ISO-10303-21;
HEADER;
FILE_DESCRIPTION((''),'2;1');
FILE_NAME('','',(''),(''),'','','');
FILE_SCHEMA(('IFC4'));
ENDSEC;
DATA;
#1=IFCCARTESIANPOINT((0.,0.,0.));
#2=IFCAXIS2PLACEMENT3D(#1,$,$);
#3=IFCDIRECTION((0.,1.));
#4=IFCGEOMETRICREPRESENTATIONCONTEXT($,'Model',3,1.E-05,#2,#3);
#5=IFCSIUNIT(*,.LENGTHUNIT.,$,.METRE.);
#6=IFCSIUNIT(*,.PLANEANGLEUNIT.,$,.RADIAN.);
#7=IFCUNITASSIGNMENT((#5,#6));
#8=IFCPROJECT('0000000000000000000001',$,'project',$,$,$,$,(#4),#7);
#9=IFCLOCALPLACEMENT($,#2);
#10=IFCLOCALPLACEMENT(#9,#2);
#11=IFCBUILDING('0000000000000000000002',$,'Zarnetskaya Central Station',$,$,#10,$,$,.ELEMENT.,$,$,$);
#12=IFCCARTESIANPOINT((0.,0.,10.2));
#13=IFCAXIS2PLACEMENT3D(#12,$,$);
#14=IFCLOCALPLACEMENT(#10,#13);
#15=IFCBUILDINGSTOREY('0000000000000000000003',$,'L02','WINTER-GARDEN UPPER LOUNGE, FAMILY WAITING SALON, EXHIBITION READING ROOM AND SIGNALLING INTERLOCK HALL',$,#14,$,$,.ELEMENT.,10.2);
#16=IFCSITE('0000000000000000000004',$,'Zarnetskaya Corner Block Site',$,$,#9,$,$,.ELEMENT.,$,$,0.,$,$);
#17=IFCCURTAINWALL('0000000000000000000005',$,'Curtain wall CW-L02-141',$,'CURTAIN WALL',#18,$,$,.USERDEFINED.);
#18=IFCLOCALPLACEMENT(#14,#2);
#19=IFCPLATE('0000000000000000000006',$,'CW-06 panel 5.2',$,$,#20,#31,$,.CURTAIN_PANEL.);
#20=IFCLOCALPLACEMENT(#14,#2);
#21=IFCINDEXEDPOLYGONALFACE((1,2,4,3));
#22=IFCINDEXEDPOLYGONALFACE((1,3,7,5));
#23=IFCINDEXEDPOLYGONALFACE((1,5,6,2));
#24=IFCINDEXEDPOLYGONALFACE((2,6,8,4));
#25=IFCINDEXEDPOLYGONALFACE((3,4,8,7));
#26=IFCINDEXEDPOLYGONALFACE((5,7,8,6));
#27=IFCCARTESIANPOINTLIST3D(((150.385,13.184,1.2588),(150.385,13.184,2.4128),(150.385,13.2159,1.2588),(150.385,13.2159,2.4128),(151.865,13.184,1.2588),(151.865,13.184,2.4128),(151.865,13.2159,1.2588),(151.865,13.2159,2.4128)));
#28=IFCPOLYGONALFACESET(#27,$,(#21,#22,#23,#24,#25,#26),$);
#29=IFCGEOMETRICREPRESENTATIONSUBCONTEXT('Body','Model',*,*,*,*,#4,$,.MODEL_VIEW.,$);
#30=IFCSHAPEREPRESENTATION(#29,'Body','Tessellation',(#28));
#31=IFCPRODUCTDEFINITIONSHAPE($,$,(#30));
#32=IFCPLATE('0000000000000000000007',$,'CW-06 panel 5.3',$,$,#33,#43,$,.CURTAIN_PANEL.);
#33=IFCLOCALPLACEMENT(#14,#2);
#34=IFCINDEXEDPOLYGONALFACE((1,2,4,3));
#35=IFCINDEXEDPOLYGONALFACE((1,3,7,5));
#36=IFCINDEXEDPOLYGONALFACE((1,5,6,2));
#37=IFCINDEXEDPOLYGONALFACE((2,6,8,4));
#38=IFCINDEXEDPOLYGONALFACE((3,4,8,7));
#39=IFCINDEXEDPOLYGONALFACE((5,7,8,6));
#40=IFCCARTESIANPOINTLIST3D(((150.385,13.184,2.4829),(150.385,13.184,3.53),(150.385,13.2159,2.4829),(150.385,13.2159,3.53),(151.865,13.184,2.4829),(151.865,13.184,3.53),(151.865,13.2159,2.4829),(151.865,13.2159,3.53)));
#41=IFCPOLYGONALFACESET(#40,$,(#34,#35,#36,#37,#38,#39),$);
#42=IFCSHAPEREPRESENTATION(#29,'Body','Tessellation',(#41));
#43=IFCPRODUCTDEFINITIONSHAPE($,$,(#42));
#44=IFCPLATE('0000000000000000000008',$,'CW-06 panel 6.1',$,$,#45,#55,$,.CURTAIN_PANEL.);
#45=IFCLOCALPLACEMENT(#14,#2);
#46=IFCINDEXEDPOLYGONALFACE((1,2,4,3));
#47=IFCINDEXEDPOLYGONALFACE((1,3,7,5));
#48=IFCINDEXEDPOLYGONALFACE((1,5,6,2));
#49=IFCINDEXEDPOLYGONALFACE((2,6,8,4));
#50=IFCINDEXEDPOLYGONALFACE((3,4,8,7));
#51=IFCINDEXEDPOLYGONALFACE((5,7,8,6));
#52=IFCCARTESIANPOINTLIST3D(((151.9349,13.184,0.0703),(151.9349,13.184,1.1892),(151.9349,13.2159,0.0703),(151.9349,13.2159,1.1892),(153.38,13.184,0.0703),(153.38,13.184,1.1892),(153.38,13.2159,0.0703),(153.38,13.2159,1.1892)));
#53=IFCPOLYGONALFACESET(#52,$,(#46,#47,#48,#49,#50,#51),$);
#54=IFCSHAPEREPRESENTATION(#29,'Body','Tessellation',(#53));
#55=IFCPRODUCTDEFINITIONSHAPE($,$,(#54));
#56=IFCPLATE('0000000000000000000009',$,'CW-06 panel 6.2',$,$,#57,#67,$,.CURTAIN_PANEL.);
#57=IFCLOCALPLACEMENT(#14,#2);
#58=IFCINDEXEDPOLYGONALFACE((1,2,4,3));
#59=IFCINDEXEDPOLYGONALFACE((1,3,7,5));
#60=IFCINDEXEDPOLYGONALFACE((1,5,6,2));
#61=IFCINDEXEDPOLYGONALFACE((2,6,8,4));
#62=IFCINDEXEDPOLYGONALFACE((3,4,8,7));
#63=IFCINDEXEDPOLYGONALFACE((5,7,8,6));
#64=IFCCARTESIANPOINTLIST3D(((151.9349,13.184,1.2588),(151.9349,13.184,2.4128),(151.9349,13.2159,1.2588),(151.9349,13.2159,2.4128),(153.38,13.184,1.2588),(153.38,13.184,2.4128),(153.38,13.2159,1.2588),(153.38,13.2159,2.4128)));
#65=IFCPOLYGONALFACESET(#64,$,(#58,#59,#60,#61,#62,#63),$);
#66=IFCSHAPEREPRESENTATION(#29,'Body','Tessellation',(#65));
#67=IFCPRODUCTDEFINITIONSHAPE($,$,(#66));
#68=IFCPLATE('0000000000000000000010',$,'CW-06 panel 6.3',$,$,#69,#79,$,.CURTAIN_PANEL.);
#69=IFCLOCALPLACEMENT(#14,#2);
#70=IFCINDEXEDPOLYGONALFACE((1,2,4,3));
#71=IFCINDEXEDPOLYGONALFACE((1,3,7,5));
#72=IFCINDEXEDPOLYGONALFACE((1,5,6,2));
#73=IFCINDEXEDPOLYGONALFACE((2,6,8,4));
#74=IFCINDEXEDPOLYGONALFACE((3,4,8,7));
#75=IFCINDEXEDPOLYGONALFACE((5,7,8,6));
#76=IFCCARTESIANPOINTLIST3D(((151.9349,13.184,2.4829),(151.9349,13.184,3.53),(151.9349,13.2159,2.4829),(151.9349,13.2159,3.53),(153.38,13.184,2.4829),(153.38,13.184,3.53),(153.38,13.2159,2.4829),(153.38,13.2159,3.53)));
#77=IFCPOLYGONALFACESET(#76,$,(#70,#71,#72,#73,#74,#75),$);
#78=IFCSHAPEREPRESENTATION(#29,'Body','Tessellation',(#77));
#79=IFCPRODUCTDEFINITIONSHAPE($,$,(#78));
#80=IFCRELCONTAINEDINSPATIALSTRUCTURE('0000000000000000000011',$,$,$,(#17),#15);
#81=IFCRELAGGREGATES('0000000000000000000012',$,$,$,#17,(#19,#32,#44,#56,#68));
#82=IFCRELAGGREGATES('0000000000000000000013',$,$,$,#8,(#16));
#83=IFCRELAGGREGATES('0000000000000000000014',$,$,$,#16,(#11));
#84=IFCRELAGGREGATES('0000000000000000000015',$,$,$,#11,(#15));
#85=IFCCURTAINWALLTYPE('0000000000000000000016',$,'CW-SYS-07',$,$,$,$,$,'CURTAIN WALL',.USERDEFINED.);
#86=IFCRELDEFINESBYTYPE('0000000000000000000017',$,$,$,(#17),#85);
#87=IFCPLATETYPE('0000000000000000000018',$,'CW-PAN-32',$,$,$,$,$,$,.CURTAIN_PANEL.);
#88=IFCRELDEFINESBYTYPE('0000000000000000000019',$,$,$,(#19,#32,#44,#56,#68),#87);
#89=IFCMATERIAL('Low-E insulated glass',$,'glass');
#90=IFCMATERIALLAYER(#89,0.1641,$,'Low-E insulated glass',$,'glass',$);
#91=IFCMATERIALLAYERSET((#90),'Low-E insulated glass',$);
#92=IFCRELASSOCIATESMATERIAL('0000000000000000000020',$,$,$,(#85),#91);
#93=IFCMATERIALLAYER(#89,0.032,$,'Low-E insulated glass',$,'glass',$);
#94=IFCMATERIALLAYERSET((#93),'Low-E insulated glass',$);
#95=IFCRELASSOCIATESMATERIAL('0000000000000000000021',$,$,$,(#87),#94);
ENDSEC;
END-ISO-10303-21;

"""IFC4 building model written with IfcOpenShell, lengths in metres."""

from ifc_helpers import new_model, si_unit, direction, frame, origin, origin_2d, place, context, subcontext, project, spatial, rectangle, extrude, material, layer, layer_set, type_object, element, aggregate, save


model = new_model("IFC4")

# Units and contexts
model_context = context("Model", 3, precision=1e-05, world=origin(), true_north=direction((0.0, 1.0)))
body_context = subcontext(model_context, "Body", "Model", "MODEL_VIEW")
ifc_project = project(units=[si_unit("LENGTHUNIT", "METRE"), si_unit("PLANEANGLEUNIT", "RADIAN")], contexts=[model_context])

# Site, building, storey
site_placement = place(None, origin())
site = spatial("IfcSite", under=ifc_project, at=site_placement, Name="Zarnetskaya Corner Block Site", CompositionType="ELEMENT", RefElevation=0.0)
building_placement = place(site_placement, origin())
building = spatial("IfcBuilding", under=site, at=building_placement, Name="Zarnetskaya Central Station", CompositionType="ELEMENT")
storey_placement = place(building_placement, frame((0.0, 0.0, 10.2)))
storey = spatial("IfcBuildingStorey", under=building, at=storey_placement, Name="L02", Description="WINTER-GARDEN UPPER LOUNGE, FAMILY WAITING SALON, EXHIBITION READING ROOM AND SIGNALLING INTERLOCK HALL", CompositionType="ELEMENT", Elevation=10.2)

# Curtain wall
ifc_material_1 = material(Name="Low-E insulated glass", Category="glass")
ifc_layer_1 = layer(ifc_material_1, 0.1641, Name="Low-E insulated glass", Category="glass")
ifc_layer_set_1 = layer_set([ifc_layer_1], Name="Low-E insulated glass")
curtain_wall_type = type_object("IfcCurtainWallType", Name="CW-SYS-07", ElementType="CURTAIN WALL", PredefinedType="USERDEFINED", material=ifc_layer_set_1)
curtain_wall_placement = place(storey_placement, origin())
curtain_wall = element("IfcCurtainWall", 1, at=curtain_wall_placement, inside=storey, type_object=curtain_wall_type, Name="Curtain wall CW-L02-141", ObjectType="CURTAIN WALL", PredefinedType="USERDEFINED")

# Plates
ifc_layer_2 = layer(ifc_material_1, 0.032, Name="Low-E insulated glass", Category="glass")
ifc_layer_set_2 = layer_set([ifc_layer_2], Name="Low-E insulated glass")
plate_type = type_object("IfcPlateType", Name="CW-PAN-32", PredefinedType="CURTAIN_PANEL", material=ifc_layer_set_2)
plate_1_placement = place(storey_placement, frame((151.125, 13.2, 1.2588), z_axis=(0.0, 0.0, 1.0), x_axis=(1.0, 0.0, 0.0)))
plate_1 = element("IfcPlate", 2, at=plate_1_placement, type_object=plate_type, Name="CW-06 panel 5.2", PredefinedType="CURTAIN_PANEL", context=body_context, shape_type="SweptSolid", body=[
    extrude(rectangle(XDim=1.48, YDim=0.032, at=origin_2d()), origin(), (0.0, 0.0, 1.0), 1.1541),
])
plate_2_placement = place(storey_placement, frame((151.125, 13.2, 2.4829), z_axis=(0.0, 0.0, 1.0), x_axis=(1.0, 0.0, 0.0)))
plate_2 = element("IfcPlate", 3, at=plate_2_placement, type_object=plate_type, Name="CW-06 panel 5.3", PredefinedType="CURTAIN_PANEL", context=body_context, shape_type="SweptSolid", body=[
    extrude(rectangle(XDim=1.48, YDim=0.032, at=origin_2d()), origin(), (0.0, 0.0, 1.0), 1.0471),
])
plate_3_placement = place(storey_placement, frame((152.6575, 13.2, 0.0703), z_axis=(0.0, 0.0, 1.0), x_axis=(1.0, 0.0, 0.0)))
plate_3 = element("IfcPlate", 4, at=plate_3_placement, type_object=plate_type, Name="CW-06 panel 6.1", PredefinedType="CURTAIN_PANEL", context=body_context, shape_type="SweptSolid", body=[
    extrude(rectangle(XDim=1.4451, YDim=0.032, at=origin_2d()), origin(), (0.0, 0.0, 1.0), 1.1189),
])
plate_4_placement = place(storey_placement, frame((152.6575, 13.2, 1.2588), z_axis=(0.0, 0.0, 1.0), x_axis=(1.0, 0.0, 0.0)))
plate_4 = element("IfcPlate", 5, at=plate_4_placement, type_object=plate_type, Name="CW-06 panel 6.2", PredefinedType="CURTAIN_PANEL", context=body_context, shape_type="SweptSolid", body=[
    extrude(rectangle(XDim=1.4451, YDim=0.032, at=origin_2d()), origin(), (0.0, 0.0, 1.0), 1.1541),
])
plate_5_placement = place(storey_placement, frame((152.6575, 13.2, 2.4829), z_axis=(0.0, 0.0, 1.0), x_axis=(1.0, 0.0, 0.0)))
plate_5 = element("IfcPlate", 6, at=plate_5_placement, type_object=plate_type, Name="CW-06 panel 6.3", PredefinedType="CURTAIN_PANEL", context=body_context, shape_type="SweptSolid", body=[
    extrude(rectangle(XDim=1.4451, YDim=0.032, at=origin_2d()), origin(), (0.0, 0.0, 1.0), 1.0471),
])
aggregate(curtain_wall, [plate_1, plate_2, plate_3, plate_4, plate_5])

save(model, "model.ifc")
